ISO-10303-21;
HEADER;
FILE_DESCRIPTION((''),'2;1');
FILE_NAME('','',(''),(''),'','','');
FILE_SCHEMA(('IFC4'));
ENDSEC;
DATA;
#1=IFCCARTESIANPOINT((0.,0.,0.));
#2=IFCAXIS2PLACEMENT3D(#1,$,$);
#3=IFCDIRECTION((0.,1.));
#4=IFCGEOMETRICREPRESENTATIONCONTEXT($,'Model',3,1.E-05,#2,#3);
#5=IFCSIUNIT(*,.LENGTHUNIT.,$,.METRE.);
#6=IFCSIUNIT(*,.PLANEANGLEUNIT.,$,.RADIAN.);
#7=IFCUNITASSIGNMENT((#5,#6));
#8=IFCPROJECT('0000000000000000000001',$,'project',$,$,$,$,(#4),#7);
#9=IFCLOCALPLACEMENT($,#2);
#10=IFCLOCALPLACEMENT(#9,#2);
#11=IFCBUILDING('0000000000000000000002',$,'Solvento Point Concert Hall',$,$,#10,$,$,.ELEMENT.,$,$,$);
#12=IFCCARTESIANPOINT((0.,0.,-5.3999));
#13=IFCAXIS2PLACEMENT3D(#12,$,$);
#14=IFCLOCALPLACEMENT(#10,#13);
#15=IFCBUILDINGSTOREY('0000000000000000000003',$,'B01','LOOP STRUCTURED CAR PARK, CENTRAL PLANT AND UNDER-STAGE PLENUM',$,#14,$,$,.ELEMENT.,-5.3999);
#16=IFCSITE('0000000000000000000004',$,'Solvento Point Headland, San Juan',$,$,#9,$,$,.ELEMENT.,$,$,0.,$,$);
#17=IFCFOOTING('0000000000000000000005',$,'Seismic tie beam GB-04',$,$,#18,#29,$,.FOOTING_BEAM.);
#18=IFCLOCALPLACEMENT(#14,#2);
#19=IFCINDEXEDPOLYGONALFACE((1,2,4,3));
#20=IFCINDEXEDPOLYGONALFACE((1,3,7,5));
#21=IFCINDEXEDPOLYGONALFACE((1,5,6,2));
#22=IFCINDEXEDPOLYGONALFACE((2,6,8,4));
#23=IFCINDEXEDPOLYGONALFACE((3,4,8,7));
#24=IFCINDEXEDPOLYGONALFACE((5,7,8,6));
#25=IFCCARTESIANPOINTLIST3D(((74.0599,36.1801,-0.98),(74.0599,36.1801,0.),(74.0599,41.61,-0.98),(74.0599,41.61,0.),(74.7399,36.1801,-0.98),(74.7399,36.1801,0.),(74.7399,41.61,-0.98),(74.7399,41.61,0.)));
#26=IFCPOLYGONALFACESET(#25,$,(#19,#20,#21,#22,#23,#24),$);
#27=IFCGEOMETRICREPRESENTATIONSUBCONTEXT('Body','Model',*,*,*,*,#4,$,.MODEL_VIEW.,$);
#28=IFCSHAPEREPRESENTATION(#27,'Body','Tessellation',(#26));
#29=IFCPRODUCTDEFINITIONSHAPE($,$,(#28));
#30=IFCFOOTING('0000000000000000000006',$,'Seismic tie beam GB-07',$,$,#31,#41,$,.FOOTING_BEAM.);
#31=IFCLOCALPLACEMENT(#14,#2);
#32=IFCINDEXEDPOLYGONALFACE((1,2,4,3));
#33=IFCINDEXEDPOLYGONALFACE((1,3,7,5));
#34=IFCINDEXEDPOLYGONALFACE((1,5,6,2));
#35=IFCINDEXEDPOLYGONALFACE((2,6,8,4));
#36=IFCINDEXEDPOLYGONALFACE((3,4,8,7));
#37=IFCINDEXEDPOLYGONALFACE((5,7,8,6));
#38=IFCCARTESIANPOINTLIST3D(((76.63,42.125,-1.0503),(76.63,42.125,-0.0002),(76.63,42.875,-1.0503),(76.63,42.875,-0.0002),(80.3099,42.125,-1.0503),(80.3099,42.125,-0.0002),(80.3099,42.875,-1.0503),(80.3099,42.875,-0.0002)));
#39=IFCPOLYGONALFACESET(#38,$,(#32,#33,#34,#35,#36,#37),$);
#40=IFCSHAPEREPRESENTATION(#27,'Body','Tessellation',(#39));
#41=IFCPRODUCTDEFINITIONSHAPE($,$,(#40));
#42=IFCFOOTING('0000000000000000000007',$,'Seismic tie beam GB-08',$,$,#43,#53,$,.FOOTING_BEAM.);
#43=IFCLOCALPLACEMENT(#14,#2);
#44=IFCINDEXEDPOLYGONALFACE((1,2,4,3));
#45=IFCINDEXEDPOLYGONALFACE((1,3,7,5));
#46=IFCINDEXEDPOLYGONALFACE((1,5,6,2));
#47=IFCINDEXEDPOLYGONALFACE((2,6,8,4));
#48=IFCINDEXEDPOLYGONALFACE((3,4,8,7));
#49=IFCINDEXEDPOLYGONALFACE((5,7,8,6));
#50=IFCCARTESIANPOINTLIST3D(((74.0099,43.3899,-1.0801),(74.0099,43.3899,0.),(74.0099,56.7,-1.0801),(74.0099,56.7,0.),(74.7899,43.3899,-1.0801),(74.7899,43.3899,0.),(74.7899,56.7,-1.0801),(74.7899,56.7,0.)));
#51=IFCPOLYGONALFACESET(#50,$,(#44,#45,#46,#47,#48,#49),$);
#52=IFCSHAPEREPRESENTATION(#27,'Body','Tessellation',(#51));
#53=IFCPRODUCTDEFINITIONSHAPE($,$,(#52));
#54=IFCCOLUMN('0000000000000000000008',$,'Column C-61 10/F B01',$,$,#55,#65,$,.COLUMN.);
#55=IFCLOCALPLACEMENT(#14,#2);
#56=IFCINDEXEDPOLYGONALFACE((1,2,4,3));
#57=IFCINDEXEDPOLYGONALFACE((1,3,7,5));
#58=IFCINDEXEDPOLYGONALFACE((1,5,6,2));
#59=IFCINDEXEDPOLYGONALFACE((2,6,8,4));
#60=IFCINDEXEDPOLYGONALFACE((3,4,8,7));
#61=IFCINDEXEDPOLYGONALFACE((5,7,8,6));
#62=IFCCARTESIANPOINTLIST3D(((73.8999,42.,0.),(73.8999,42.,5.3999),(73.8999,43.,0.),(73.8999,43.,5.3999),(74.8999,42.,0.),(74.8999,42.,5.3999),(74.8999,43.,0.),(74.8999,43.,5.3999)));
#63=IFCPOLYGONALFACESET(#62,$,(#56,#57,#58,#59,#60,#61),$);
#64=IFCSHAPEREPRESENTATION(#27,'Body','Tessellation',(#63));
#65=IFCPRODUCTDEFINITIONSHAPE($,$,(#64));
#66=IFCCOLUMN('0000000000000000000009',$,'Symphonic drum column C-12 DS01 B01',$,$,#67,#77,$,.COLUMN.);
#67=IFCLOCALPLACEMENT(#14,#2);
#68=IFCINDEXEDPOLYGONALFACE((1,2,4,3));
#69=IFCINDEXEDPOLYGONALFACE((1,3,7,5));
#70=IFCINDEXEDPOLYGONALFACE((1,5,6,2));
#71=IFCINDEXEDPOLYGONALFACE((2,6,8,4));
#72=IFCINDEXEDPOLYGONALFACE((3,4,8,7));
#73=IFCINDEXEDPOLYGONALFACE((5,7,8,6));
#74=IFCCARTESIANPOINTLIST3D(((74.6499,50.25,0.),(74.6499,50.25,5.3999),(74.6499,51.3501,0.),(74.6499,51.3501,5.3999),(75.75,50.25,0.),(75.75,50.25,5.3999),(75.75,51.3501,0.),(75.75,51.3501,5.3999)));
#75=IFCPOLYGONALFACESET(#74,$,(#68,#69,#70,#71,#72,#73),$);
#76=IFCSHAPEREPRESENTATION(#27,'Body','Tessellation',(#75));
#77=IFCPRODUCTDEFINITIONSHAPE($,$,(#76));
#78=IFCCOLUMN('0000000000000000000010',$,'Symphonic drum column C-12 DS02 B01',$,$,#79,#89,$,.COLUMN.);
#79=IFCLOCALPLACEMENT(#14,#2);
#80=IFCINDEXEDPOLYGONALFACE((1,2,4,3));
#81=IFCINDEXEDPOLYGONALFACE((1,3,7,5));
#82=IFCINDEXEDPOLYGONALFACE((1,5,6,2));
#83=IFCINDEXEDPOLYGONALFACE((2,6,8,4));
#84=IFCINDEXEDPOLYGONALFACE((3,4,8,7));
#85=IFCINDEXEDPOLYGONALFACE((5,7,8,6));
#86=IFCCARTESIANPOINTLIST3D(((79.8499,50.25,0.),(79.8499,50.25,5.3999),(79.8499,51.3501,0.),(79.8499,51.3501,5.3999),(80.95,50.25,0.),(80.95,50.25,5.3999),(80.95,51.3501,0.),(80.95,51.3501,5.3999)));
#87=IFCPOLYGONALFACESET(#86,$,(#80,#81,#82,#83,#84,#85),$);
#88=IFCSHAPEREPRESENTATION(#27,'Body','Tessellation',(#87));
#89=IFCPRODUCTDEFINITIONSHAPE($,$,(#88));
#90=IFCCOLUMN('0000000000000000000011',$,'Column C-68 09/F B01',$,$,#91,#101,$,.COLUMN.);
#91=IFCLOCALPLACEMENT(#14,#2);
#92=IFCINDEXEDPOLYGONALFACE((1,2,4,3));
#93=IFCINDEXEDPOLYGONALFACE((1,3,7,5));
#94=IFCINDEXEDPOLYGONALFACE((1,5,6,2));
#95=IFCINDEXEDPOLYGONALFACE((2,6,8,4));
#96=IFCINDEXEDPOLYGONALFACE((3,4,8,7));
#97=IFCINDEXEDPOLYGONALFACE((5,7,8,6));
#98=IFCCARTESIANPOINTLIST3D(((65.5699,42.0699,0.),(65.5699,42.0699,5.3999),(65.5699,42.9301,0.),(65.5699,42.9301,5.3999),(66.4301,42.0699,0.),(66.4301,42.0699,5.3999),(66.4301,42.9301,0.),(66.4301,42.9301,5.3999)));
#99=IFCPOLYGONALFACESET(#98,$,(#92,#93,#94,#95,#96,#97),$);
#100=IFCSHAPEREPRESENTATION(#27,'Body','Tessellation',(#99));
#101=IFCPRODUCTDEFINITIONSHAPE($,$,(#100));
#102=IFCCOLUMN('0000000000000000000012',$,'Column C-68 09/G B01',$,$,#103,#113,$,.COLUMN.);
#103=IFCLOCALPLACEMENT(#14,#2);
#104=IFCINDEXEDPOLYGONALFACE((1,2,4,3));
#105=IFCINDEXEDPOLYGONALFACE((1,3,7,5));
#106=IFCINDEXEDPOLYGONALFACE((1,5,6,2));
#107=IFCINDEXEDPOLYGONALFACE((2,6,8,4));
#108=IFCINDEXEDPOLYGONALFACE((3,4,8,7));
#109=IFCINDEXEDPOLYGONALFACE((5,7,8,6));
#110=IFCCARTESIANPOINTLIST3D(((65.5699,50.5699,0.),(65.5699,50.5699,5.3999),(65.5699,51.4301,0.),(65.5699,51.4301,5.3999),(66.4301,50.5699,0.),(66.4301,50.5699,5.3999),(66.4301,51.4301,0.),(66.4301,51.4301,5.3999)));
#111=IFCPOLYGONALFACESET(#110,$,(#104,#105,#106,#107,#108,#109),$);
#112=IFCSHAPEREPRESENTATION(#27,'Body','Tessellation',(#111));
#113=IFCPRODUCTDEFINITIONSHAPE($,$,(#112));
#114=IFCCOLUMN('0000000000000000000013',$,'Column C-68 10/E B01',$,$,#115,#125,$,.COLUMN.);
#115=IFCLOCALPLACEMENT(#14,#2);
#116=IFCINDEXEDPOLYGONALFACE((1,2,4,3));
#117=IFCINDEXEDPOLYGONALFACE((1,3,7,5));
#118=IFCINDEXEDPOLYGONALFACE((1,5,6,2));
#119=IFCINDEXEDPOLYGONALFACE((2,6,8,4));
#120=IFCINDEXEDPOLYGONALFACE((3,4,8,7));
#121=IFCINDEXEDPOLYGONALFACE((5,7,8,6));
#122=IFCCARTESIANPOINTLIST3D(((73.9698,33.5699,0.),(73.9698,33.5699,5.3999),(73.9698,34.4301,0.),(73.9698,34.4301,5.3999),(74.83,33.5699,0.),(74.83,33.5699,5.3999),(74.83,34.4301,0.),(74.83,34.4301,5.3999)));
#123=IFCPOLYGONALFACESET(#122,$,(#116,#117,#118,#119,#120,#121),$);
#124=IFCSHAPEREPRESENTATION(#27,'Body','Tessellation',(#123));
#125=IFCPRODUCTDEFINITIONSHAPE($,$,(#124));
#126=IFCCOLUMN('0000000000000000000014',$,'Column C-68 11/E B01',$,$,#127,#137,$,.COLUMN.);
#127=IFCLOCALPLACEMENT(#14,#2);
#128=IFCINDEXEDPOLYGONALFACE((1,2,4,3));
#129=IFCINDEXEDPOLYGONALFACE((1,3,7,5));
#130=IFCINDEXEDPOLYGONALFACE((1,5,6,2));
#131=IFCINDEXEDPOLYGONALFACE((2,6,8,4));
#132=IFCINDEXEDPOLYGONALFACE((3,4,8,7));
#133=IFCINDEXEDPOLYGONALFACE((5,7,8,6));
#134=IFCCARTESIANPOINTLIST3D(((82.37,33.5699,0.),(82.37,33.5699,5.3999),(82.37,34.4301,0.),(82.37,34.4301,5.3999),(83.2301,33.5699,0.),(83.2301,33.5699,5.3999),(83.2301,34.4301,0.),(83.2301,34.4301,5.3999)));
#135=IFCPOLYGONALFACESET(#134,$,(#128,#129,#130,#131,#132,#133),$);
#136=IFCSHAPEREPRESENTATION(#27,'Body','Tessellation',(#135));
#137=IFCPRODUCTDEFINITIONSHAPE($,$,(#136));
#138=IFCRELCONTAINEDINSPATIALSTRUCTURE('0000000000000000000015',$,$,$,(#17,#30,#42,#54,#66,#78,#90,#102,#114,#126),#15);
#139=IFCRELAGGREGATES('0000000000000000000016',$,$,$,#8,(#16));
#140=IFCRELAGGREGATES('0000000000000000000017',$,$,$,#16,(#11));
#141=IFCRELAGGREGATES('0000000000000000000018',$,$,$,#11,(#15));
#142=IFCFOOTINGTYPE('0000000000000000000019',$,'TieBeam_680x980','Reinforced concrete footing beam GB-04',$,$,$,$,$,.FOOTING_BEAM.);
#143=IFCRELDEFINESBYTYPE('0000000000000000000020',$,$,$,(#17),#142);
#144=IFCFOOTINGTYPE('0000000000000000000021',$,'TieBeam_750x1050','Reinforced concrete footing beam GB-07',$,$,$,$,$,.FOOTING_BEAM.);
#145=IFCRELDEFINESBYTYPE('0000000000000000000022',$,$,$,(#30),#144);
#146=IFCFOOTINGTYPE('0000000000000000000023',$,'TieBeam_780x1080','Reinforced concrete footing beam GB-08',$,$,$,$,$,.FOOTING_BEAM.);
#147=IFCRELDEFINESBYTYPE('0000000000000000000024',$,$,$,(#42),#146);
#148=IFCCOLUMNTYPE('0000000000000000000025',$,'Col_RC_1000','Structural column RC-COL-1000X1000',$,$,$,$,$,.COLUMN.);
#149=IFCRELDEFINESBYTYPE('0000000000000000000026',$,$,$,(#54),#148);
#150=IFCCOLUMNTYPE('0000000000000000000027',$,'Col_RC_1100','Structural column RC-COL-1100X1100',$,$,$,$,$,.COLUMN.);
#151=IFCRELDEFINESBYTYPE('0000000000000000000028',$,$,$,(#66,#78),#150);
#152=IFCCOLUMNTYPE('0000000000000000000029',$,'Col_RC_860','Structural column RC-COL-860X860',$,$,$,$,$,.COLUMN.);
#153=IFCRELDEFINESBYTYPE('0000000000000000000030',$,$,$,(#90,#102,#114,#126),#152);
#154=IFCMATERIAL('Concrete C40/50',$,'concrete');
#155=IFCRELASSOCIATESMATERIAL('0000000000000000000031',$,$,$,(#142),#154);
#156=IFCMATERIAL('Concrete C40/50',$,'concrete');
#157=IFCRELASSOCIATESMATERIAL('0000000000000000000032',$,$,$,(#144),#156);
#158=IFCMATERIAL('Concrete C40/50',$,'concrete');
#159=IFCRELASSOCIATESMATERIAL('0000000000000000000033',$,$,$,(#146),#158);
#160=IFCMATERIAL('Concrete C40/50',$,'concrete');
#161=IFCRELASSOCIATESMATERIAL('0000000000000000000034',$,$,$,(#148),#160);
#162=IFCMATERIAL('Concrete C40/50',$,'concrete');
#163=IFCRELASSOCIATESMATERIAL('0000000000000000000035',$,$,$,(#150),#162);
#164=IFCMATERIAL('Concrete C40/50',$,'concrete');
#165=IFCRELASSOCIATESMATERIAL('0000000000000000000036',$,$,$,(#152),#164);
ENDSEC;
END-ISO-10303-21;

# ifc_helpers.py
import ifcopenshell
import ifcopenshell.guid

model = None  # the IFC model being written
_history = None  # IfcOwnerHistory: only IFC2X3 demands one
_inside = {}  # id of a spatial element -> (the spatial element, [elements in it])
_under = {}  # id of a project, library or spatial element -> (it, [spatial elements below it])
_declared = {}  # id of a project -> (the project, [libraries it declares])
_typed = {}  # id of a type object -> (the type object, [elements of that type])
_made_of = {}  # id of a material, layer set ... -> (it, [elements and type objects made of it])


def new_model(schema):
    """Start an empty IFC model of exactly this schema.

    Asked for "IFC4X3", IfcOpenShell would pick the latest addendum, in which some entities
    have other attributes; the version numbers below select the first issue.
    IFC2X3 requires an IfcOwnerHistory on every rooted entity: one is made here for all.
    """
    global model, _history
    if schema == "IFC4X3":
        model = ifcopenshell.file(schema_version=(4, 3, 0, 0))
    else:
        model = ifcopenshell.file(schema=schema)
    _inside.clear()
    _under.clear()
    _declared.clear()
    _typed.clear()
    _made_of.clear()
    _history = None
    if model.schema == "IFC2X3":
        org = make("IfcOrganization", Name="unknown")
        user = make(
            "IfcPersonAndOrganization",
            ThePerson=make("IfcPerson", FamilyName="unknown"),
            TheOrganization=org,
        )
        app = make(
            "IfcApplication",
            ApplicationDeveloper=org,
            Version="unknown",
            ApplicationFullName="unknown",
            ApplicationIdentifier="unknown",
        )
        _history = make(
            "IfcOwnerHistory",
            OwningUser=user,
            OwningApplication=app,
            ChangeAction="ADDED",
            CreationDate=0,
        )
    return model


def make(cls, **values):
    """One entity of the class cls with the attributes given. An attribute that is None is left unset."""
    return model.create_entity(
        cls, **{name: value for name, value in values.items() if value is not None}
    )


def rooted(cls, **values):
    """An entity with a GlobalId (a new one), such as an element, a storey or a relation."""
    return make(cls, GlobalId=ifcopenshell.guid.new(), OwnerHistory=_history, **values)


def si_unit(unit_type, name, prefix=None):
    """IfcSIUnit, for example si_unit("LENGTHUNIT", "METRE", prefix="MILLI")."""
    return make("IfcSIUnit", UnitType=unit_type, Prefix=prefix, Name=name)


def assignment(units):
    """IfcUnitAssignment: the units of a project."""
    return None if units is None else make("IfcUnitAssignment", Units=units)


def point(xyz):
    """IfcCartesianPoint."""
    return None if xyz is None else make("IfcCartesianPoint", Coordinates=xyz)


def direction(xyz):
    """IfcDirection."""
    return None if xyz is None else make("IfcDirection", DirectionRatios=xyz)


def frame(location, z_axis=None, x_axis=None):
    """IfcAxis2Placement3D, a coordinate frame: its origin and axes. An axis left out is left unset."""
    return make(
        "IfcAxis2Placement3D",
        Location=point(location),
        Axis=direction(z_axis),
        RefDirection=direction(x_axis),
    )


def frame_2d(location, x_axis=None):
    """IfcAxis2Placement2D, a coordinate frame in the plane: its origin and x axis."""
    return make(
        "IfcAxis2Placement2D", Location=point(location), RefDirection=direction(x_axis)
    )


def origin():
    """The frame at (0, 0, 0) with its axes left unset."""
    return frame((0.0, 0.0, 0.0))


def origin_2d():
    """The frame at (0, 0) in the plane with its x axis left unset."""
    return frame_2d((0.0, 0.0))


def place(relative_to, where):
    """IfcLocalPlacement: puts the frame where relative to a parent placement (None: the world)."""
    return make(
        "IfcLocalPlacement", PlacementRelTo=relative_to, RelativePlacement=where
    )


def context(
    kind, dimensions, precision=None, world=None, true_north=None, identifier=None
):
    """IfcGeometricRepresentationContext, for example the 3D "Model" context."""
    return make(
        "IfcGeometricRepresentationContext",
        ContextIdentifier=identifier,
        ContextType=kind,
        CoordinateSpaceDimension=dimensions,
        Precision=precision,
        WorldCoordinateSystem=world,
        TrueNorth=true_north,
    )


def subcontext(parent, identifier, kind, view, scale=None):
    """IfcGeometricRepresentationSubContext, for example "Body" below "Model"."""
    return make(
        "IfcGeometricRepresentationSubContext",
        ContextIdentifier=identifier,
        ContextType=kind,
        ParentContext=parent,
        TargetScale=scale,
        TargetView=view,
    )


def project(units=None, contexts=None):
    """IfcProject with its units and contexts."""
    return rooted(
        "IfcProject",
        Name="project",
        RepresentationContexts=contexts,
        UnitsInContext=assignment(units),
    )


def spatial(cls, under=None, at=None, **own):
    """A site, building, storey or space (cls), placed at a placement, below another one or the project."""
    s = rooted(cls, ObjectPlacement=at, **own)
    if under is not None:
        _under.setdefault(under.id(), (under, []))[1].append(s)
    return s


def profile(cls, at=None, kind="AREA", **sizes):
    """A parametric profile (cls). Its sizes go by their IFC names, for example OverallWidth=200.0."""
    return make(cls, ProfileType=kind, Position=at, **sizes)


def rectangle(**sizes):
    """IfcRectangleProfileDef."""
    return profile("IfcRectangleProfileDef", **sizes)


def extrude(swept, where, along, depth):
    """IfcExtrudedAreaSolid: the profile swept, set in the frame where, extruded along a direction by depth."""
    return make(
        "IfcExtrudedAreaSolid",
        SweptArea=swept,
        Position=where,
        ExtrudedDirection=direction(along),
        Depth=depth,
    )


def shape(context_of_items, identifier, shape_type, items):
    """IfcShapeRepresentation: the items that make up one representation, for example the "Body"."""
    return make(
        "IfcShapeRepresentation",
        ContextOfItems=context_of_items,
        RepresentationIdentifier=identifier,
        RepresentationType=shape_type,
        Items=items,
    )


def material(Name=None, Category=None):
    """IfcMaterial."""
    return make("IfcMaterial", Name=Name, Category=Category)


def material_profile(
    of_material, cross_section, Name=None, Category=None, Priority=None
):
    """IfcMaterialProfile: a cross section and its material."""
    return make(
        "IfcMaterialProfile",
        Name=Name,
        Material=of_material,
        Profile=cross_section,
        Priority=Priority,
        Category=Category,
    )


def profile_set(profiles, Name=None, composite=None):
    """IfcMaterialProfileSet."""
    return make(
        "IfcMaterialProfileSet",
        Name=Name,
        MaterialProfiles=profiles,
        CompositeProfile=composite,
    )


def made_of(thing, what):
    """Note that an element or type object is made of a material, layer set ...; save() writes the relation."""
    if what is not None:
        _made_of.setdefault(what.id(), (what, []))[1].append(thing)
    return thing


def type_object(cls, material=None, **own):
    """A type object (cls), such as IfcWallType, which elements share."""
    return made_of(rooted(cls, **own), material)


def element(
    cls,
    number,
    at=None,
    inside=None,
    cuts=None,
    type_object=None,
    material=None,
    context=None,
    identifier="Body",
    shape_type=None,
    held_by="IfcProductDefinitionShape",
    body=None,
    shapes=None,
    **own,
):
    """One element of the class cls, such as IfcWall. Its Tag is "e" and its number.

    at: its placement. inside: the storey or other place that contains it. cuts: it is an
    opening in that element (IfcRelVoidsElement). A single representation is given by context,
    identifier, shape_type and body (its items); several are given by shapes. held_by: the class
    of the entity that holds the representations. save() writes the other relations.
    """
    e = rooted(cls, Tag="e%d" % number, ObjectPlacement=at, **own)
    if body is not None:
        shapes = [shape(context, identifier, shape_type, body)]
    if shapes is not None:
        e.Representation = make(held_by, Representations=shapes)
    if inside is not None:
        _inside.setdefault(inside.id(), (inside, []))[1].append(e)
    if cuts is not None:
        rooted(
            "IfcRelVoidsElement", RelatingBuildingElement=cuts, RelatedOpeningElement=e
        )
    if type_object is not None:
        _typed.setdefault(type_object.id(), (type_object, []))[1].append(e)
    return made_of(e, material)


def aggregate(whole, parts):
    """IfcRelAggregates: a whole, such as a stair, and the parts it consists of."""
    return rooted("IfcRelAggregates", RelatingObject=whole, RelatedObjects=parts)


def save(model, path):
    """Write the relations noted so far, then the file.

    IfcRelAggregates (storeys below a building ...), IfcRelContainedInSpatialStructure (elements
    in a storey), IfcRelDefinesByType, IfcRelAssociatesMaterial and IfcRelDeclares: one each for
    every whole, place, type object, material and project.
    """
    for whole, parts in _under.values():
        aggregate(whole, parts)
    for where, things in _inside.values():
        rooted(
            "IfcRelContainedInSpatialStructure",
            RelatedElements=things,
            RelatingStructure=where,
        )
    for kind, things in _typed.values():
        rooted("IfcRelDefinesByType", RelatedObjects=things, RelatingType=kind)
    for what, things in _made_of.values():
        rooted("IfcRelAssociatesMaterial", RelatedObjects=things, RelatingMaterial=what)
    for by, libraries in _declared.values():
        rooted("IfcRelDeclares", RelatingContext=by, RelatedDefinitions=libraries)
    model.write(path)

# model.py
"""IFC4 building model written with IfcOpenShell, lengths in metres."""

from ifc_helpers import new_model, si_unit, direction, frame, origin, origin_2d, place, context, subcontext, project, spatial, rectangle, extrude, material, material_profile, profile_set, type_object, element, save


model = new_model("IFC4")

# Units and contexts
model_context = context("Model", 3, precision=1e-05, world=origin(), true_north=direction((0.0, 1.0)))
body_context = subcontext(model_context, "Body", "Model", "MODEL_VIEW")
ifc_project = project(units=[si_unit("LENGTHUNIT", "METRE"), si_unit("PLANEANGLEUNIT", "RADIAN")], contexts=[model_context])

# Site, building, storey
site_placement = place(None, origin())
site = spatial("IfcSite", under=ifc_project, at=site_placement, Name="Solvento Point Headland, San Juan", CompositionType="ELEMENT", RefElevation=0.0)
building_placement = place(site_placement, origin())
building = spatial("IfcBuilding", under=site, at=building_placement, Name="Solvento Point Concert Hall", CompositionType="ELEMENT")
storey_placement = place(building_placement, frame((0.0, 0.0, -5.3999)))
storey = spatial("IfcBuildingStorey", under=building, at=storey_placement, Name="B01", Description="LOOP STRUCTURED CAR PARK, CENTRAL PLANT AND UNDER-STAGE PLENUM", CompositionType="ELEMENT", Elevation=-5.3999)

# Footings
ifc_material_1 = material(Name="Concrete C40/50", Category="concrete")
footing_type_1 = type_object("IfcFootingType", Name="TieBeam_680x980", Description="Reinforced concrete footing beam GB-04", PredefinedType="FOOTING_BEAM", material=ifc_material_1)
footing_1_placement = place(storey_placement, frame((74.3999, 38.895, -0.98), z_axis=(0.0, 0.0, 1.0), x_axis=(0.0, 1.0, 0.0)))
element("IfcFooting", 1, at=footing_1_placement, inside=storey, type_object=footing_type_1, Name="Seismic tie beam GB-04", PredefinedType="FOOTING_BEAM", context=body_context, shape_type="SweptSolid", body=[
    extrude(rectangle(XDim=5.4299, YDim=0.6799, at=origin_2d()), origin(), (0.0, 0.0, 1.0), 0.98),
])
ifc_material_2 = material(Name="Concrete C40/50", Category="concrete")
footing_type_2 = type_object("IfcFootingType", Name="TieBeam_750x1050", Description="Reinforced concrete footing beam GB-07", PredefinedType="FOOTING_BEAM", material=ifc_material_2)
footing_2_placement = place(storey_placement, frame((78.47, 42.5, -1.0503), z_axis=(0.0, 0.0, 1.0), x_axis=(1.0, 0.0, 0.0)))
element("IfcFooting", 2, at=footing_2_placement, inside=storey, type_object=footing_type_2, Name="Seismic tie beam GB-07", PredefinedType="FOOTING_BEAM", context=body_context, shape_type="SweptSolid", body=[
    extrude(rectangle(XDim=3.6799, YDim=0.75, at=origin_2d()), origin(), (0.0, 0.0, 1.0), 1.05),
])
ifc_material_3 = material(Name="Concrete C40/50", Category="concrete")
footing_type_3 = type_object("IfcFootingType", Name="TieBeam_780x1080", Description="Reinforced concrete footing beam GB-08", PredefinedType="FOOTING_BEAM", material=ifc_material_3)
footing_3_placement = place(storey_placement, frame((74.3999, 50.0449, -1.0801), z_axis=(0.0, 0.0, 1.0), x_axis=(0.0, 1.0, 0.0)))
element("IfcFooting", 3, at=footing_3_placement, inside=storey, type_object=footing_type_3, Name="Seismic tie beam GB-08", PredefinedType="FOOTING_BEAM", context=body_context, shape_type="SweptSolid", body=[
    extrude(rectangle(XDim=13.3101, YDim=0.78, at=origin_2d()), origin(), (0.0, 0.0, 1.0), 1.0801),
])

# Columns
ifc_material_4 = material(Name="Concrete C40/50", Category="concrete")
ifc_material_profile_1 = material_profile(ifc_material_4, rectangle(XDim=1.0, YDim=1.0, at=origin_2d()), Name="RC-COL-1000X1000")
ifc_profile_set_1 = profile_set([ifc_material_profile_1], Name="Concrete C40/50")
column_type_1 = type_object("IfcColumnType", Name="Col_RC_1000", Description="Structural column RC-COL-1000X1000", PredefinedType="COLUMN", material=ifc_profile_set_1)
column_placement = place(storey_placement, frame((74.3999, 42.5, 0.0), z_axis=(0.0, 0.0, 1.0), x_axis=(1.0, 0.0, 0.0)))
element("IfcColumn", 4, at=column_placement, inside=storey, type_object=column_type_1, Name="Column C-61 10/F B01", PredefinedType="COLUMN", context=body_context, shape_type="SweptSolid", body=[
    extrude(rectangle(XDim=1.0, YDim=1.0, at=origin_2d()), origin(), (0.0, 0.0, 1.0), 5.3999),
])
ifc_material_5 = material(Name="Concrete C40/50", Category="concrete")
ifc_material_profile_2 = material_profile(ifc_material_5, rectangle(XDim=1.1001, YDim=1.1001, at=origin_2d()), Name="RC-COL-1100X1100")
ifc_profile_set_2 = profile_set([ifc_material_profile_2], Name="Concrete C40/50")
column_type_2 = type_object("IfcColumnType", Name="Col_RC_1100", Description="Structural column RC-COL-1100X1100", PredefinedType="COLUMN", material=ifc_profile_set_2)
for number, where, z_axis, x_axis, name in (
    (5, (75.2, 50.8, 0.0), (0.0, 0.0, 1.0), (1.0, 0.0, 0.0), "Symphonic drum column C-12 DS01 B01"),
    (6, (80.3999, 50.8, 0.0), (0.0, 0.0, 1.0), (1.0, 0.0, 0.0), "Symphonic drum column C-12 DS02 B01"),
):
    element("IfcColumn", number, at=place(storey_placement, frame(where, z_axis=z_axis, x_axis=x_axis)), inside=storey, type_object=column_type_2, Name=name, PredefinedType="COLUMN", context=body_context, shape_type="SweptSolid", body=[
        extrude(rectangle(XDim=1.1001, YDim=1.1001, at=origin_2d()), origin(), (0.0, 0.0, 1.0), 5.3999),
    ])
ifc_material_6 = material(Name="Concrete C40/50", Category="concrete")
ifc_material_profile_3 = material_profile(ifc_material_6, rectangle(XDim=0.8601, YDim=0.8601, at=origin_2d()), Name="RC-COL-860X860")
ifc_profile_set_3 = profile_set([ifc_material_profile_3], Name="Concrete C40/50")
column_type_3 = type_object("IfcColumnType", Name="Col_RC_860", Description="Structural column RC-COL-860X860", PredefinedType="COLUMN", material=ifc_profile_set_3)
for number, where, z_axis, x_axis, name in (
    (7, (66.0, 42.5, 0.0), (0.0, 0.0, 1.0), (1.0, 0.0, 0.0), "Column C-68 09/F B01"),
    (8, (66.0, 51.0, 0.0), (0.0, 0.0, 1.0), (1.0, 0.0, 0.0), "Column C-68 09/G B01"),
    (9, (74.3999, 34.0, 0.0), (0.0, 0.0, 1.0), (1.0, 0.0, 0.0), "Column C-68 10/E B01"),
    (10, (82.8, 34.0, 0.0), (0.0, 0.0, 1.0), (1.0, 0.0, 0.0), "Column C-68 11/E B01"),
):
    element("IfcColumn", number, at=place(storey_placement, frame(where, z_axis=z_axis, x_axis=x_axis)), inside=storey, type_object=column_type_3, Name=name, PredefinedType="COLUMN", context=body_context, shape_type="SweptSolid", body=[
        extrude(rectangle(XDim=0.8601, YDim=0.8601, at=origin_2d()), origin(), (0.0, 0.0, 1.0), 5.3999),
    ])

save(model, "model.ifc")
